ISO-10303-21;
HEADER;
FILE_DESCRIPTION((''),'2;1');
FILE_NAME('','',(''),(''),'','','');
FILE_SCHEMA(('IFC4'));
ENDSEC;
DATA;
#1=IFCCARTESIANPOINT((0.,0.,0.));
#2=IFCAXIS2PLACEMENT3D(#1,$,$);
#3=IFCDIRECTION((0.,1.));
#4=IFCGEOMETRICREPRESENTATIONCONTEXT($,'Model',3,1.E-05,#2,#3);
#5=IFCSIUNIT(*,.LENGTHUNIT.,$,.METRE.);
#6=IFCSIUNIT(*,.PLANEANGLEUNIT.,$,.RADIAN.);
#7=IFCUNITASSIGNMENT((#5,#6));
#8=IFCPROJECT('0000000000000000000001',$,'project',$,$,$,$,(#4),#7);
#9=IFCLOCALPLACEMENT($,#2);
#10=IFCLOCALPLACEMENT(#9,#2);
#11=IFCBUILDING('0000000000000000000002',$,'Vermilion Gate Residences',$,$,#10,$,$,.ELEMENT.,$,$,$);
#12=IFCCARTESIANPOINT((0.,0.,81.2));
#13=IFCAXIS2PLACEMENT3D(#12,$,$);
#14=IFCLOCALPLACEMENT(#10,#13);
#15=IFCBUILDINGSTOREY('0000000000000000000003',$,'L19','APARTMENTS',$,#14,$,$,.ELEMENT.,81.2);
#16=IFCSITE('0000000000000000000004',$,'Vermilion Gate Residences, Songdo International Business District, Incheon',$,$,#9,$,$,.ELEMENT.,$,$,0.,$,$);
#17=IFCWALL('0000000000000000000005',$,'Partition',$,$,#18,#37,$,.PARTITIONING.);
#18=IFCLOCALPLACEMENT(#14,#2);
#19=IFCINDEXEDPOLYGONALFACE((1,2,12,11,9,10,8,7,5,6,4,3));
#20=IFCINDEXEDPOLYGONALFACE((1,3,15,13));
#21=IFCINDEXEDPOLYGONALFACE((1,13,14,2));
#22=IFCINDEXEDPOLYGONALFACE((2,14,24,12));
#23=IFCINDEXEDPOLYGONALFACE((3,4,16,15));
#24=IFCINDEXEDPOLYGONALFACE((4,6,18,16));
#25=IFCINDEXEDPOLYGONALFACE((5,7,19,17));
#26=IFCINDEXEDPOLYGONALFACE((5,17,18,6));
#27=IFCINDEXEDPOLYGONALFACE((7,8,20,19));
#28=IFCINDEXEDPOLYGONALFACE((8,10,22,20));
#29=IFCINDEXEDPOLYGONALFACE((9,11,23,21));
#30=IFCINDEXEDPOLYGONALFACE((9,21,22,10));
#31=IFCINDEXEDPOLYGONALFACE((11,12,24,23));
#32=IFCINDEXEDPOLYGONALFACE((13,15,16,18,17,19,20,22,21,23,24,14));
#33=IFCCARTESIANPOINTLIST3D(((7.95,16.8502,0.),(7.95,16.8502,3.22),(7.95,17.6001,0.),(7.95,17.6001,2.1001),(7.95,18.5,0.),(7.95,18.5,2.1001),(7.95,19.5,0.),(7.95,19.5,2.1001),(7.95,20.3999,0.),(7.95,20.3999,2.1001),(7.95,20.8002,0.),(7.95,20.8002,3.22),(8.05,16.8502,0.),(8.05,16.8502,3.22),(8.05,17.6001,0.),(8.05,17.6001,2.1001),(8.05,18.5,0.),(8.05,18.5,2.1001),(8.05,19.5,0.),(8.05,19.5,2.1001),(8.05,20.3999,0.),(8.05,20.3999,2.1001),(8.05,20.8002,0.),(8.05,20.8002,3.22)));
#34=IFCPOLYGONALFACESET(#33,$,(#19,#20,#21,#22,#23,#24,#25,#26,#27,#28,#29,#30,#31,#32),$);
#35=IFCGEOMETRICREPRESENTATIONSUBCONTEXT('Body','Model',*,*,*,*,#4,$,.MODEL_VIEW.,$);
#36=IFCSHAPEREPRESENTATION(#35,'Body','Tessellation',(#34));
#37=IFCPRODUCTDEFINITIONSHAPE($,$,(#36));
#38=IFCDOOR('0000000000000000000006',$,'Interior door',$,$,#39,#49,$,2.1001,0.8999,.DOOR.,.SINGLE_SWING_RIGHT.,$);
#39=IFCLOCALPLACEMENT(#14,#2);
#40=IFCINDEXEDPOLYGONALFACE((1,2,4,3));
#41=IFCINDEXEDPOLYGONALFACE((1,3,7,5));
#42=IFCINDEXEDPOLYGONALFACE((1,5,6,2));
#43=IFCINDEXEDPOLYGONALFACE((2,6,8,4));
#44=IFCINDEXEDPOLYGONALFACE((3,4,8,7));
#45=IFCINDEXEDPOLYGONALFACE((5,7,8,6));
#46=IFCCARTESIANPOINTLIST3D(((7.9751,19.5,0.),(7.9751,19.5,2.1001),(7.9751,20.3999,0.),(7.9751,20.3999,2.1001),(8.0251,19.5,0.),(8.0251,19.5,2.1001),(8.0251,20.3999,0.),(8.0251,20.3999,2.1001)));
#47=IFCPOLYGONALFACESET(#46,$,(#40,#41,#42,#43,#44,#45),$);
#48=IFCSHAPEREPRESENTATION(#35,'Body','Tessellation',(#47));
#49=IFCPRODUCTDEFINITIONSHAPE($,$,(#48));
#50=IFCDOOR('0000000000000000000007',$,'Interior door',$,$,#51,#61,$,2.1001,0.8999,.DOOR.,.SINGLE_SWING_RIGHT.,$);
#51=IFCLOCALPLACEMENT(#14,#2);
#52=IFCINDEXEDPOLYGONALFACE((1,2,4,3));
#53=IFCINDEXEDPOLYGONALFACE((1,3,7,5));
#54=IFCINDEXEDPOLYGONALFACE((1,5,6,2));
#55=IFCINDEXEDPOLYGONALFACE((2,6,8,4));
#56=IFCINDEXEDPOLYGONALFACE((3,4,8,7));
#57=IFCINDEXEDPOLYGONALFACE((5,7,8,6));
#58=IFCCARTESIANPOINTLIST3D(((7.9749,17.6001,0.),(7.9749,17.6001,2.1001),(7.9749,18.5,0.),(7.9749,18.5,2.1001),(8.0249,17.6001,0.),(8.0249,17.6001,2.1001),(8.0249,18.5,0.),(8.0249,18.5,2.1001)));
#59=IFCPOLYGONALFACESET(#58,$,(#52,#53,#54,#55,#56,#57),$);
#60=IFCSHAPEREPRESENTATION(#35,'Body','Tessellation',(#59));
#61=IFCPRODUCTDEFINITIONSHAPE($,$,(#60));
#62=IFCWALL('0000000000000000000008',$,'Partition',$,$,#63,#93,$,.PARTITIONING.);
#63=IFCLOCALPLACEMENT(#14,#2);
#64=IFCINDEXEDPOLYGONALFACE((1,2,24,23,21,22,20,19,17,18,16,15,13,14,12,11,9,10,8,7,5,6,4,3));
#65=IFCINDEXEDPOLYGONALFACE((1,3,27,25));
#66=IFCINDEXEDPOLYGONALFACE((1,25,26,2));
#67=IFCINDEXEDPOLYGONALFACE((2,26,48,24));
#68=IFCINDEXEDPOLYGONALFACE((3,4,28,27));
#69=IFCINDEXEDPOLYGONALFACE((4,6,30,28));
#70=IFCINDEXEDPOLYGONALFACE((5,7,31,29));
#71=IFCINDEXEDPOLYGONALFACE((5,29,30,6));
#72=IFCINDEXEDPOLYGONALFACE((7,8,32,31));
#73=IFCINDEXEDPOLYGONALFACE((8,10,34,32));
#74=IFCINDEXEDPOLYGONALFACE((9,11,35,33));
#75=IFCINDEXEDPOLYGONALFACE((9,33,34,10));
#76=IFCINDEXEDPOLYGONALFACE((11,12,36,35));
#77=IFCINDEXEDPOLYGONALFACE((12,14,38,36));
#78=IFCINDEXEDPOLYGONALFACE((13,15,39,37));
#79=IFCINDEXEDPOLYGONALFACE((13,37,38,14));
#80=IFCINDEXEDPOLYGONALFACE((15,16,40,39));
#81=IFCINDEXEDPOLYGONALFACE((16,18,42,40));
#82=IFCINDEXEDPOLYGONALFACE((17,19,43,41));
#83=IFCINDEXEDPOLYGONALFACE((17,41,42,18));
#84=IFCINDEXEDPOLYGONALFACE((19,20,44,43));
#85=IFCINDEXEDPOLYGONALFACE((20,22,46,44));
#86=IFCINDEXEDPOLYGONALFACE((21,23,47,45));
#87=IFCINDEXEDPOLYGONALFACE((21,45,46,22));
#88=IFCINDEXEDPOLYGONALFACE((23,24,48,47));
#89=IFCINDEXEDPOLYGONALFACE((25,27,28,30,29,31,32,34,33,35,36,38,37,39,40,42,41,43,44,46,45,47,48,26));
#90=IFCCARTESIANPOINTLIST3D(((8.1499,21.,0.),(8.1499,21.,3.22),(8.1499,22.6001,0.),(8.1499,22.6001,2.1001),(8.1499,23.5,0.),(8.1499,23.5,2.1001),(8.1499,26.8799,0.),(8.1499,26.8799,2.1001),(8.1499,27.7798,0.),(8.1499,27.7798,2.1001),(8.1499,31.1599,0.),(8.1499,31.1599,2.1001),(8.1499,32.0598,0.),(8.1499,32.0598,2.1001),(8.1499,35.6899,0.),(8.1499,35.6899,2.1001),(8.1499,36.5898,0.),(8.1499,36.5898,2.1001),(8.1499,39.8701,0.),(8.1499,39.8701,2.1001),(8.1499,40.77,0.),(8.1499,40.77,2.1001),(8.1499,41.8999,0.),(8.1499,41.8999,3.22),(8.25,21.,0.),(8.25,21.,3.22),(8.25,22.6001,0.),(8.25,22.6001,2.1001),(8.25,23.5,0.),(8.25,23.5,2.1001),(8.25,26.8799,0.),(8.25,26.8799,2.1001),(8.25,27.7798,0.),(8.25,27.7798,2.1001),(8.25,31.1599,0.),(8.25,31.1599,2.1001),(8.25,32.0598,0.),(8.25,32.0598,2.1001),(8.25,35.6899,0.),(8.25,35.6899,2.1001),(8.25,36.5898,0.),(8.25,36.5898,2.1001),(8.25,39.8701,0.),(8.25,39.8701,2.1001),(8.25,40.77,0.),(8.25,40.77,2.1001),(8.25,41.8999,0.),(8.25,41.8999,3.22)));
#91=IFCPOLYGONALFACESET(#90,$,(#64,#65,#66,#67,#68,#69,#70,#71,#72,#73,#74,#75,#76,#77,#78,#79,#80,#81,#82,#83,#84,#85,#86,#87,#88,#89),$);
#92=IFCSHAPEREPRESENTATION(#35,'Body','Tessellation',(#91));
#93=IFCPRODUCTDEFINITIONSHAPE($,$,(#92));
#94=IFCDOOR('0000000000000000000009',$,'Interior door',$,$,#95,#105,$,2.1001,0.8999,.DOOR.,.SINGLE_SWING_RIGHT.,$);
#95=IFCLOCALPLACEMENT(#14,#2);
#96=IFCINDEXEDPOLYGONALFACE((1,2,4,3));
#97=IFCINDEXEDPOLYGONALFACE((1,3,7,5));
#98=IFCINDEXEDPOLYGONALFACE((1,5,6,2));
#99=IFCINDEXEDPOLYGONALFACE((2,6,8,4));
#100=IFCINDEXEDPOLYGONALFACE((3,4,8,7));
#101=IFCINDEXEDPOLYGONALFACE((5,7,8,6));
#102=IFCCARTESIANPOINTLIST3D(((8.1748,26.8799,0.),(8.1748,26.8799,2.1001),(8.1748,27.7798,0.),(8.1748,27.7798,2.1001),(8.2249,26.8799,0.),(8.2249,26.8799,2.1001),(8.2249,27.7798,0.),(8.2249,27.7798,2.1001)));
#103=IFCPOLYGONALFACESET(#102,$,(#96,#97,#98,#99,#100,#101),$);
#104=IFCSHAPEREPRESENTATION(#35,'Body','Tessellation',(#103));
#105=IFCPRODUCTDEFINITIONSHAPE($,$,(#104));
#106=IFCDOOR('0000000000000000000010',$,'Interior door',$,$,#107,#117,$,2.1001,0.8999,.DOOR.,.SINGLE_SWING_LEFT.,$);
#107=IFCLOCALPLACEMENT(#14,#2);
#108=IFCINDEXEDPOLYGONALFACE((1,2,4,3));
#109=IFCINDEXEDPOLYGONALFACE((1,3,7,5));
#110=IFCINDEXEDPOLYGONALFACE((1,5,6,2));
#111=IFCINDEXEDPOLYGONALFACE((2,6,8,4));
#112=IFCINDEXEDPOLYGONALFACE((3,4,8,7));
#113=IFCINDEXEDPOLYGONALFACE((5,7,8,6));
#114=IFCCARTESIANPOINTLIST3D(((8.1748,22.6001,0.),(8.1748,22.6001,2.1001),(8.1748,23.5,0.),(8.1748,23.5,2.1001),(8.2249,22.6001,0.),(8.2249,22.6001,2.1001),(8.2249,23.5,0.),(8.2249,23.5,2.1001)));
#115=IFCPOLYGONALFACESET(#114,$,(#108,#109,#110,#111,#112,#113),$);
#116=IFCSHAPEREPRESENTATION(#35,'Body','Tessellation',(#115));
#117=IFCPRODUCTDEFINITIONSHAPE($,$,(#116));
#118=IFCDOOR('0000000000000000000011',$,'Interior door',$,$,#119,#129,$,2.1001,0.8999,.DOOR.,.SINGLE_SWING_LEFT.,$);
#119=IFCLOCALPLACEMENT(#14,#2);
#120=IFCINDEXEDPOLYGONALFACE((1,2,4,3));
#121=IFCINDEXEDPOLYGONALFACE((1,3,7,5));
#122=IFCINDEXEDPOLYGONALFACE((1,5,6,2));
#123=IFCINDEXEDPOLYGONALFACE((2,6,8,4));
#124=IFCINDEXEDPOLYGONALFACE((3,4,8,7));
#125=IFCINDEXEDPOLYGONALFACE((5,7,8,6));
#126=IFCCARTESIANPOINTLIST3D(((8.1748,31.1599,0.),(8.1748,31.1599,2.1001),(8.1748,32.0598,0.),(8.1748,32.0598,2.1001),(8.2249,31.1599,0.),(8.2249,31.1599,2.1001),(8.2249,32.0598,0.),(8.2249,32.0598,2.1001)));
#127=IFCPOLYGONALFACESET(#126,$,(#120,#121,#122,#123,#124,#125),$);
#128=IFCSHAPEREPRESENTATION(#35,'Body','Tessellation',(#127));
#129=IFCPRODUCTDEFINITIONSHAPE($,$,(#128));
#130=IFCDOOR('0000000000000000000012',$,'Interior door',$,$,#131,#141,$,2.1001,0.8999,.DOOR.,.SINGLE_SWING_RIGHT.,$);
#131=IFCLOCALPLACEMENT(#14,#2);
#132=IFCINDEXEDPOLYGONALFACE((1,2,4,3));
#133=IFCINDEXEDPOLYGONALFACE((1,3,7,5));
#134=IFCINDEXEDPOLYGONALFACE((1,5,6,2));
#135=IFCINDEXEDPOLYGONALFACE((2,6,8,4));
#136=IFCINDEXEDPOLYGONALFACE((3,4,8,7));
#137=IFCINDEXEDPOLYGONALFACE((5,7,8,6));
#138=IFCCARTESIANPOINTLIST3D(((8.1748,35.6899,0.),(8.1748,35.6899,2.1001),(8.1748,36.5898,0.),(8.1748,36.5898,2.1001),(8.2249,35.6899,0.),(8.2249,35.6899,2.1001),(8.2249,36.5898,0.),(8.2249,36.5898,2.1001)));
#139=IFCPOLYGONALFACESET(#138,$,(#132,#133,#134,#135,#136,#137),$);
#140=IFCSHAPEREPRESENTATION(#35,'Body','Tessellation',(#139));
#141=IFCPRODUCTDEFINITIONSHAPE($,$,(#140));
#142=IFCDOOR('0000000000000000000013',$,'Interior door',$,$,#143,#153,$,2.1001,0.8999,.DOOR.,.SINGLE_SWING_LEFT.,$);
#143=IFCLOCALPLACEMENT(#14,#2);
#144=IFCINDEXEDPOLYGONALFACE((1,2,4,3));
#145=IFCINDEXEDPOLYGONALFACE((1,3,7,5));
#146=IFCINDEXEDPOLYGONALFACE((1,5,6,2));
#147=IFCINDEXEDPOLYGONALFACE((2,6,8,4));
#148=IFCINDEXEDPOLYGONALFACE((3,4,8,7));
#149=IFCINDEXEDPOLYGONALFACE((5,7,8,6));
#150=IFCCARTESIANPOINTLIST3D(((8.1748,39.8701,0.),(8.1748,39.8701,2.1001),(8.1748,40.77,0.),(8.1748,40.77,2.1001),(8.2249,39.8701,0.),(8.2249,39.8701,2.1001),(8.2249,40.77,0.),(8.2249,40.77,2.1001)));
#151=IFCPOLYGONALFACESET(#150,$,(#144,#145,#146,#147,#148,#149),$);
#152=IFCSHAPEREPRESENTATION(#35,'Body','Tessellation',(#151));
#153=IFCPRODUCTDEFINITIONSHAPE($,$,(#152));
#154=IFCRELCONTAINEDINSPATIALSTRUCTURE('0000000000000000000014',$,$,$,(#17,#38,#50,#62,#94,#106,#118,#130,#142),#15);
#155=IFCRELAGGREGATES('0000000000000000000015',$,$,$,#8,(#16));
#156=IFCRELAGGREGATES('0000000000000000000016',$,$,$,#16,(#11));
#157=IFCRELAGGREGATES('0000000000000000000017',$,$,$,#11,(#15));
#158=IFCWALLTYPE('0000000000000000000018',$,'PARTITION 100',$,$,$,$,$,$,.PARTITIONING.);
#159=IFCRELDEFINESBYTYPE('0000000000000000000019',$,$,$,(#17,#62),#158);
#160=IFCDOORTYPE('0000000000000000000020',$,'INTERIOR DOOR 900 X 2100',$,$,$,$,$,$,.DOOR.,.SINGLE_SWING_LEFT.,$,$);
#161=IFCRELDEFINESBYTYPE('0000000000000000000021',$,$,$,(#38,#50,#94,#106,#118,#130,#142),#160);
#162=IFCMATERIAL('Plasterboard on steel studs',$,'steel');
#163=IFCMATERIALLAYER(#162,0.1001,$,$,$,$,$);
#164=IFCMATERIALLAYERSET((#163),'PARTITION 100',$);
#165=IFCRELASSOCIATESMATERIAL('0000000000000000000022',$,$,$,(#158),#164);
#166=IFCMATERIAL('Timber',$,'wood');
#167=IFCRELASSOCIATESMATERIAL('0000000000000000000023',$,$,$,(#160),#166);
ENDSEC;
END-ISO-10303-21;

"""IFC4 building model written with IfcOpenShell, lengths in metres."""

from ifc_helpers import new_model, si_unit, direction, frame, frame_2d, origin, place, context, subcontext, project, spatial, rectangle, extrude, material, layer, layer_set, type_object, element, fill, save


model = new_model("IFC4")

# Units and contexts
model_context = context("Model", 3, precision=1e-05, world=origin(), true_north=direction((0.0, 1.0)))
body_context = subcontext(model_context, "Body", "Model", "MODEL_VIEW")
ifc_project = project(units=[si_unit("LENGTHUNIT", "METRE"), si_unit("PLANEANGLEUNIT", "RADIAN")], contexts=[model_context])

# Site, building, storey
site_placement = place(None, origin())
site = spatial("IfcSite", under=ifc_project, at=site_placement, Name="Vermilion Gate Residences, Songdo International Business District, Incheon", CompositionType="ELEMENT", RefElevation=0.0)
building_placement = place(site_placement, origin())
building = spatial("IfcBuilding", under=site, at=building_placement, Name="Vermilion Gate Residences", CompositionType="ELEMENT")
storey_placement = place(building_placement, frame((0.0, 0.0, 81.2)))
storey = spatial("IfcBuildingStorey", under=building, at=storey_placement, Name="L19", Description="APARTMENTS", CompositionType="ELEMENT", Elevation=81.2)

# Shared definitions
ifc_material_1 = material(Name="Plasterboard on steel studs", Category="steel")
ifc_layer_1 = layer(ifc_material_1, 0.1001)
ifc_layer_set_1 = layer_set([ifc_layer_1], Name="PARTITION 100")
wall_type_1 = type_object("IfcWallType", Name="PARTITION 100", PredefinedType="PARTITIONING", material=ifc_layer_set_1)

# Walls, openings, doors
ifc_material_2 = material(Name="Timber", Category="wood")
door_type = type_object("IfcDoorType", Name="INTERIOR DOOR 900 X 2100", OperationType="SINGLE_SWING_LEFT", PredefinedType="DOOR", material=ifc_material_2)
wall_1_placement = place(storey_placement, frame((8.0, 16.8501, 0.0), z_axis=(0.0, 0.0, 1.0), x_axis=(0.0, 1.0, 0.0)))
wall_1 = element("IfcWall", 1, at=wall_1_placement, inside=storey, type_object=wall_type_1, Name="Partition", PredefinedType="PARTITIONING", context=body_context, shape_type="SweptSolid", body=[
    extrude(rectangle(XDim=3.95, YDim=0.1001, at=frame_2d((1.9751, 0.0))), origin(), (0.0, 0.0, 1.0), 3.22),
])
opening_1_placement = place(wall_1_placement, frame((2.6499, 0.0, 0.0)))
opening_1 = element("IfcOpeningElement", 2, at=opening_1_placement, cuts=wall_1, PredefinedType="OPENING", context=body_context, shape_type="SweptSolid", body=[
    extrude(rectangle(XDim=0.8999, YDim=2.1001, at=frame_2d((0.45, 1.05))), frame((0.0, 0.0601, 0.0), z_axis=(0.0, -1.0, 0.0), x_axis=(1.0, 0.0, 0.0)), (0.0, 0.0, 1.0), 0.1201),
])
opening_2_placement = place(wall_1_placement, frame((0.75, 0.0, 0.0)))
opening_2 = element("IfcOpeningElement", 3, at=opening_2_placement, cuts=wall_1, PredefinedType="OPENING", context=body_context, shape_type="SweptSolid", body=[
    extrude(rectangle(XDim=0.8999, YDim=2.1001, at=frame_2d((0.45, 1.05))), frame((0.0, 0.0601, 0.0), z_axis=(0.0, -1.0, 0.0), x_axis=(1.0, 0.0, 0.0)), (0.0, 0.0, 1.0), 0.1201),
])
door_1_placement = place(opening_1_placement, origin())
door_1 = element("IfcDoor", 4, at=door_1_placement, inside=storey, type_object=door_type, Name="Interior door", OperationType="SINGLE_SWING_RIGHT", OverallHeight=2.1001, OverallWidth=0.8999, PredefinedType="DOOR", context=body_context, shape_type="SweptSolid", body=[
    extrude(rectangle(XDim=0.8999, YDim=2.1001, at=frame_2d((0.45, 1.05))), frame((0.0, 0.0249, 0.0), z_axis=(0.0, -1.0, 0.0), x_axis=(1.0, 0.0, 0.0)), (0.0, 0.0, 1.0), 0.05),
])
fill(opening_1, door_1)
door_2_placement = place(opening_2_placement, frame((0.8999, 0.0, 0.0), z_axis=(0.0, 0.0, 1.0), x_axis=(-1.0, 0.0, 0.0)))
door_2 = element("IfcDoor", 5, at=door_2_placement, inside=storey, type_object=door_type, Name="Interior door", OperationType="SINGLE_SWING_RIGHT", OverallHeight=2.1001, OverallWidth=0.8999, PredefinedType="DOOR", context=body_context, shape_type="SweptSolid", body=[
    extrude(rectangle(XDim=0.8999, YDim=2.1001, at=frame_2d((0.45, 1.05))), frame((0.0, 0.0249, 0.0), z_axis=(0.0, -1.0, 0.0), x_axis=(1.0, 0.0, 0.0)), (0.0, 0.0, 1.0), 0.05),
])
fill(opening_2, door_2)
wall_2_placement = place(storey_placement, frame((8.2, 21.0, 0.0), z_axis=(0.0, 0.0, 1.0), x_axis=(0.0, 1.0, 0.0)))
wall_2 = element("IfcWall", 6, at=wall_2_placement, inside=storey, type_object=wall_type_1, Name="Partition", PredefinedType="PARTITIONING", context=body_context, shape_type="SweptSolid", body=[
    extrude(rectangle(XDim=20.8999, YDim=0.1001, at=frame_2d((10.45, 0.0))), origin(), (0.0, 0.0, 1.0), 3.22),
])
opening_3_placement = place(wall_2_placement, frame((5.8799, 0.0, 0.0)))
opening_3 = element("IfcOpeningElement", 7, at=opening_3_placement, cuts=wall_2, PredefinedType="OPENING", context=body_context, shape_type="SweptSolid", body=[
    extrude(rectangle(XDim=0.8999, YDim=2.1001, at=frame_2d((0.45, 1.05))), frame((0.0, 0.0601, 0.0), z_axis=(0.0, -1.0, 0.0), x_axis=(1.0, 0.0, 0.0)), (0.0, 0.0, 1.0), 0.1201),
])
opening_4_placement = place(wall_2_placement, frame((1.6001, 0.0, 0.0)))
opening_4 = element("IfcOpeningElement", 8, at=opening_4_placement, cuts=wall_2, PredefinedType="OPENING", context=body_context, shape_type="SweptSolid", body=[
    extrude(rectangle(XDim=0.8999, YDim=2.1001, at=frame_2d((0.45, 1.05))), frame((0.0, 0.0601, 0.0), z_axis=(0.0, -1.0, 0.0), x_axis=(1.0, 0.0, 0.0)), (0.0, 0.0, 1.0), 0.1201),
])
opening_5_placement = place(wall_2_placement, frame((10.1599, 0.0, 0.0)))
opening_5 = element("IfcOpeningElement", 9, at=opening_5_placement, cuts=wall_2, PredefinedType="OPENING", context=body_context, shape_type="SweptSolid", body=[
    extrude(rectangle(XDim=0.8999, YDim=2.1001, at=frame_2d((0.45, 1.05))), frame((0.0, 0.0601, 0.0), z_axis=(0.0, -1.0, 0.0), x_axis=(1.0, 0.0, 0.0)), (0.0, 0.0, 1.0), 0.1201),
])
opening_6_placement = place(wall_2_placement, frame((14.6899, 0.0, 0.0)))
opening_6 = element("IfcOpeningElement", 10, at=opening_6_placement, cuts=wall_2, PredefinedType="OPENING", context=body_context, shape_type="SweptSolid", body=[
    extrude(rectangle(XDim=0.8999, YDim=2.1001, at=frame_2d((0.45, 1.05))), frame((0.0, 0.0601, 0.0), z_axis=(0.0, -1.0, 0.0), x_axis=(1.0, 0.0, 0.0)), (0.0, 0.0, 1.0), 0.1201),
])
opening_7_placement = place(wall_2_placement, frame((18.8701, 0.0, 0.0)))
opening_7 = element("IfcOpeningElement", 11, at=opening_7_placement, cuts=wall_2, PredefinedType="OPENING", context=body_context, shape_type="SweptSolid", body=[
    extrude(rectangle(XDim=0.8999, YDim=2.1001, at=frame_2d((0.45, 1.05))), frame((0.0, 0.0601, 0.0), z_axis=(0.0, -1.0, 0.0), x_axis=(1.0, 0.0, 0.0)), (0.0, 0.0, 1.0), 0.1201),
])
door_3_placement = place(opening_3_placement, frame((0.8999, 0.0, 0.0), z_axis=(0.0, 0.0, 1.0), x_axis=(-1.0, 0.0, 0.0)))
door_3 = element("IfcDoor", 12, at=door_3_placement, inside=storey, type_object=door_type, Name="Interior door", OperationType="SINGLE_SWING_RIGHT", OverallHeight=2.1001, OverallWidth=0.8999, PredefinedType="DOOR", context=body_context, shape_type="SweptSolid", body=[
    extrude(rectangle(XDim=0.8999, YDim=2.1001, at=frame_2d((0.45, 1.05))), frame((0.0, 0.0249, 0.0), z_axis=(0.0, -1.0, 0.0), x_axis=(1.0, 0.0, 0.0)), (0.0, 0.0, 1.0), 0.05),
])
fill(opening_3, door_3)
door_4_placement = place(opening_4_placement, frame((0.8999, 0.0, 0.0), z_axis=(0.0, 0.0, 1.0), x_axis=(-1.0, 0.0, 0.0)))
door_4 = element("IfcDoor", 13, at=door_4_placement, inside=storey, type_object=door_type, Name="Interior door", OperationType="SINGLE_SWING_LEFT", OverallHeight=2.1001, OverallWidth=0.8999, PredefinedType="DOOR", context=body_context, shape_type="SweptSolid", body=[
    extrude(rectangle(XDim=0.8999, YDim=2.1001, at=frame_2d((0.45, 1.05))), frame((0.0, 0.0249, 0.0), z_axis=(0.0, -1.0, 0.0), x_axis=(1.0, 0.0, 0.0)), (0.0, 0.0, 1.0), 0.05),
])
fill(opening_4, door_4)
door_5_placement = place(opening_5_placement, frame((0.8999, 0.0, 0.0), z_axis=(0.0, 0.0, 1.0), x_axis=(-1.0, 0.0, 0.0)))
door_5 = element("IfcDoor", 14, at=door_5_placement, inside=storey, type_object=door_type, Name="Interior door", OperationType="SINGLE_SWING_LEFT", OverallHeight=2.1001, OverallWidth=0.8999, PredefinedType="DOOR", context=body_context, shape_type="SweptSolid", body=[
    extrude(rectangle(XDim=0.8999, YDim=2.1001, at=frame_2d((0.45, 1.05))), frame((0.0, 0.0249, 0.0), z_axis=(0.0, -1.0, 0.0), x_axis=(1.0, 0.0, 0.0)), (0.0, 0.0, 1.0), 0.05),
])
fill(opening_5, door_5)
door_6_placement = place(opening_6_placement, frame((0.8999, 0.0, 0.0), z_axis=(0.0, 0.0, 1.0), x_axis=(-1.0, 0.0, 0.0)))
door_6 = element("IfcDoor", 15, at=door_6_placement, inside=storey, type_object=door_type, Name="Interior door", OperationType="SINGLE_SWING_RIGHT", OverallHeight=2.1001, OverallWidth=0.8999, PredefinedType="DOOR", context=body_context, shape_type="SweptSolid", body=[
    extrude(rectangle(XDim=0.8999, YDim=2.1001, at=frame_2d((0.45, 1.05))), frame((0.0, 0.0249, 0.0), z_axis=(0.0, -1.0, 0.0), x_axis=(1.0, 0.0, 0.0)), (0.0, 0.0, 1.0), 0.05),
])
fill(opening_6, door_6)
door_7_placement = place(opening_7_placement, frame((0.8999, 0.0, 0.0), z_axis=(0.0, 0.0, 1.0), x_axis=(-1.0, 0.0, 0.0)))
door_7 = element("IfcDoor", 16, at=door_7_placement, inside=storey, type_object=door_type, Name="Interior door", OperationType="SINGLE_SWING_LEFT", OverallHeight=2.1001, OverallWidth=0.8999, PredefinedType="DOOR", context=body_context, shape_type="SweptSolid", body=[
    extrude(rectangle(XDim=0.8999, YDim=2.1001, at=frame_2d((0.45, 1.05))), frame((0.0, 0.0249, 0.0), z_axis=(0.0, -1.0, 0.0), x_axis=(1.0, 0.0, 0.0)), (0.0, 0.0, 1.0), 0.05),
])
fill(opening_7, door_7)

save(model, "model.ifc")
